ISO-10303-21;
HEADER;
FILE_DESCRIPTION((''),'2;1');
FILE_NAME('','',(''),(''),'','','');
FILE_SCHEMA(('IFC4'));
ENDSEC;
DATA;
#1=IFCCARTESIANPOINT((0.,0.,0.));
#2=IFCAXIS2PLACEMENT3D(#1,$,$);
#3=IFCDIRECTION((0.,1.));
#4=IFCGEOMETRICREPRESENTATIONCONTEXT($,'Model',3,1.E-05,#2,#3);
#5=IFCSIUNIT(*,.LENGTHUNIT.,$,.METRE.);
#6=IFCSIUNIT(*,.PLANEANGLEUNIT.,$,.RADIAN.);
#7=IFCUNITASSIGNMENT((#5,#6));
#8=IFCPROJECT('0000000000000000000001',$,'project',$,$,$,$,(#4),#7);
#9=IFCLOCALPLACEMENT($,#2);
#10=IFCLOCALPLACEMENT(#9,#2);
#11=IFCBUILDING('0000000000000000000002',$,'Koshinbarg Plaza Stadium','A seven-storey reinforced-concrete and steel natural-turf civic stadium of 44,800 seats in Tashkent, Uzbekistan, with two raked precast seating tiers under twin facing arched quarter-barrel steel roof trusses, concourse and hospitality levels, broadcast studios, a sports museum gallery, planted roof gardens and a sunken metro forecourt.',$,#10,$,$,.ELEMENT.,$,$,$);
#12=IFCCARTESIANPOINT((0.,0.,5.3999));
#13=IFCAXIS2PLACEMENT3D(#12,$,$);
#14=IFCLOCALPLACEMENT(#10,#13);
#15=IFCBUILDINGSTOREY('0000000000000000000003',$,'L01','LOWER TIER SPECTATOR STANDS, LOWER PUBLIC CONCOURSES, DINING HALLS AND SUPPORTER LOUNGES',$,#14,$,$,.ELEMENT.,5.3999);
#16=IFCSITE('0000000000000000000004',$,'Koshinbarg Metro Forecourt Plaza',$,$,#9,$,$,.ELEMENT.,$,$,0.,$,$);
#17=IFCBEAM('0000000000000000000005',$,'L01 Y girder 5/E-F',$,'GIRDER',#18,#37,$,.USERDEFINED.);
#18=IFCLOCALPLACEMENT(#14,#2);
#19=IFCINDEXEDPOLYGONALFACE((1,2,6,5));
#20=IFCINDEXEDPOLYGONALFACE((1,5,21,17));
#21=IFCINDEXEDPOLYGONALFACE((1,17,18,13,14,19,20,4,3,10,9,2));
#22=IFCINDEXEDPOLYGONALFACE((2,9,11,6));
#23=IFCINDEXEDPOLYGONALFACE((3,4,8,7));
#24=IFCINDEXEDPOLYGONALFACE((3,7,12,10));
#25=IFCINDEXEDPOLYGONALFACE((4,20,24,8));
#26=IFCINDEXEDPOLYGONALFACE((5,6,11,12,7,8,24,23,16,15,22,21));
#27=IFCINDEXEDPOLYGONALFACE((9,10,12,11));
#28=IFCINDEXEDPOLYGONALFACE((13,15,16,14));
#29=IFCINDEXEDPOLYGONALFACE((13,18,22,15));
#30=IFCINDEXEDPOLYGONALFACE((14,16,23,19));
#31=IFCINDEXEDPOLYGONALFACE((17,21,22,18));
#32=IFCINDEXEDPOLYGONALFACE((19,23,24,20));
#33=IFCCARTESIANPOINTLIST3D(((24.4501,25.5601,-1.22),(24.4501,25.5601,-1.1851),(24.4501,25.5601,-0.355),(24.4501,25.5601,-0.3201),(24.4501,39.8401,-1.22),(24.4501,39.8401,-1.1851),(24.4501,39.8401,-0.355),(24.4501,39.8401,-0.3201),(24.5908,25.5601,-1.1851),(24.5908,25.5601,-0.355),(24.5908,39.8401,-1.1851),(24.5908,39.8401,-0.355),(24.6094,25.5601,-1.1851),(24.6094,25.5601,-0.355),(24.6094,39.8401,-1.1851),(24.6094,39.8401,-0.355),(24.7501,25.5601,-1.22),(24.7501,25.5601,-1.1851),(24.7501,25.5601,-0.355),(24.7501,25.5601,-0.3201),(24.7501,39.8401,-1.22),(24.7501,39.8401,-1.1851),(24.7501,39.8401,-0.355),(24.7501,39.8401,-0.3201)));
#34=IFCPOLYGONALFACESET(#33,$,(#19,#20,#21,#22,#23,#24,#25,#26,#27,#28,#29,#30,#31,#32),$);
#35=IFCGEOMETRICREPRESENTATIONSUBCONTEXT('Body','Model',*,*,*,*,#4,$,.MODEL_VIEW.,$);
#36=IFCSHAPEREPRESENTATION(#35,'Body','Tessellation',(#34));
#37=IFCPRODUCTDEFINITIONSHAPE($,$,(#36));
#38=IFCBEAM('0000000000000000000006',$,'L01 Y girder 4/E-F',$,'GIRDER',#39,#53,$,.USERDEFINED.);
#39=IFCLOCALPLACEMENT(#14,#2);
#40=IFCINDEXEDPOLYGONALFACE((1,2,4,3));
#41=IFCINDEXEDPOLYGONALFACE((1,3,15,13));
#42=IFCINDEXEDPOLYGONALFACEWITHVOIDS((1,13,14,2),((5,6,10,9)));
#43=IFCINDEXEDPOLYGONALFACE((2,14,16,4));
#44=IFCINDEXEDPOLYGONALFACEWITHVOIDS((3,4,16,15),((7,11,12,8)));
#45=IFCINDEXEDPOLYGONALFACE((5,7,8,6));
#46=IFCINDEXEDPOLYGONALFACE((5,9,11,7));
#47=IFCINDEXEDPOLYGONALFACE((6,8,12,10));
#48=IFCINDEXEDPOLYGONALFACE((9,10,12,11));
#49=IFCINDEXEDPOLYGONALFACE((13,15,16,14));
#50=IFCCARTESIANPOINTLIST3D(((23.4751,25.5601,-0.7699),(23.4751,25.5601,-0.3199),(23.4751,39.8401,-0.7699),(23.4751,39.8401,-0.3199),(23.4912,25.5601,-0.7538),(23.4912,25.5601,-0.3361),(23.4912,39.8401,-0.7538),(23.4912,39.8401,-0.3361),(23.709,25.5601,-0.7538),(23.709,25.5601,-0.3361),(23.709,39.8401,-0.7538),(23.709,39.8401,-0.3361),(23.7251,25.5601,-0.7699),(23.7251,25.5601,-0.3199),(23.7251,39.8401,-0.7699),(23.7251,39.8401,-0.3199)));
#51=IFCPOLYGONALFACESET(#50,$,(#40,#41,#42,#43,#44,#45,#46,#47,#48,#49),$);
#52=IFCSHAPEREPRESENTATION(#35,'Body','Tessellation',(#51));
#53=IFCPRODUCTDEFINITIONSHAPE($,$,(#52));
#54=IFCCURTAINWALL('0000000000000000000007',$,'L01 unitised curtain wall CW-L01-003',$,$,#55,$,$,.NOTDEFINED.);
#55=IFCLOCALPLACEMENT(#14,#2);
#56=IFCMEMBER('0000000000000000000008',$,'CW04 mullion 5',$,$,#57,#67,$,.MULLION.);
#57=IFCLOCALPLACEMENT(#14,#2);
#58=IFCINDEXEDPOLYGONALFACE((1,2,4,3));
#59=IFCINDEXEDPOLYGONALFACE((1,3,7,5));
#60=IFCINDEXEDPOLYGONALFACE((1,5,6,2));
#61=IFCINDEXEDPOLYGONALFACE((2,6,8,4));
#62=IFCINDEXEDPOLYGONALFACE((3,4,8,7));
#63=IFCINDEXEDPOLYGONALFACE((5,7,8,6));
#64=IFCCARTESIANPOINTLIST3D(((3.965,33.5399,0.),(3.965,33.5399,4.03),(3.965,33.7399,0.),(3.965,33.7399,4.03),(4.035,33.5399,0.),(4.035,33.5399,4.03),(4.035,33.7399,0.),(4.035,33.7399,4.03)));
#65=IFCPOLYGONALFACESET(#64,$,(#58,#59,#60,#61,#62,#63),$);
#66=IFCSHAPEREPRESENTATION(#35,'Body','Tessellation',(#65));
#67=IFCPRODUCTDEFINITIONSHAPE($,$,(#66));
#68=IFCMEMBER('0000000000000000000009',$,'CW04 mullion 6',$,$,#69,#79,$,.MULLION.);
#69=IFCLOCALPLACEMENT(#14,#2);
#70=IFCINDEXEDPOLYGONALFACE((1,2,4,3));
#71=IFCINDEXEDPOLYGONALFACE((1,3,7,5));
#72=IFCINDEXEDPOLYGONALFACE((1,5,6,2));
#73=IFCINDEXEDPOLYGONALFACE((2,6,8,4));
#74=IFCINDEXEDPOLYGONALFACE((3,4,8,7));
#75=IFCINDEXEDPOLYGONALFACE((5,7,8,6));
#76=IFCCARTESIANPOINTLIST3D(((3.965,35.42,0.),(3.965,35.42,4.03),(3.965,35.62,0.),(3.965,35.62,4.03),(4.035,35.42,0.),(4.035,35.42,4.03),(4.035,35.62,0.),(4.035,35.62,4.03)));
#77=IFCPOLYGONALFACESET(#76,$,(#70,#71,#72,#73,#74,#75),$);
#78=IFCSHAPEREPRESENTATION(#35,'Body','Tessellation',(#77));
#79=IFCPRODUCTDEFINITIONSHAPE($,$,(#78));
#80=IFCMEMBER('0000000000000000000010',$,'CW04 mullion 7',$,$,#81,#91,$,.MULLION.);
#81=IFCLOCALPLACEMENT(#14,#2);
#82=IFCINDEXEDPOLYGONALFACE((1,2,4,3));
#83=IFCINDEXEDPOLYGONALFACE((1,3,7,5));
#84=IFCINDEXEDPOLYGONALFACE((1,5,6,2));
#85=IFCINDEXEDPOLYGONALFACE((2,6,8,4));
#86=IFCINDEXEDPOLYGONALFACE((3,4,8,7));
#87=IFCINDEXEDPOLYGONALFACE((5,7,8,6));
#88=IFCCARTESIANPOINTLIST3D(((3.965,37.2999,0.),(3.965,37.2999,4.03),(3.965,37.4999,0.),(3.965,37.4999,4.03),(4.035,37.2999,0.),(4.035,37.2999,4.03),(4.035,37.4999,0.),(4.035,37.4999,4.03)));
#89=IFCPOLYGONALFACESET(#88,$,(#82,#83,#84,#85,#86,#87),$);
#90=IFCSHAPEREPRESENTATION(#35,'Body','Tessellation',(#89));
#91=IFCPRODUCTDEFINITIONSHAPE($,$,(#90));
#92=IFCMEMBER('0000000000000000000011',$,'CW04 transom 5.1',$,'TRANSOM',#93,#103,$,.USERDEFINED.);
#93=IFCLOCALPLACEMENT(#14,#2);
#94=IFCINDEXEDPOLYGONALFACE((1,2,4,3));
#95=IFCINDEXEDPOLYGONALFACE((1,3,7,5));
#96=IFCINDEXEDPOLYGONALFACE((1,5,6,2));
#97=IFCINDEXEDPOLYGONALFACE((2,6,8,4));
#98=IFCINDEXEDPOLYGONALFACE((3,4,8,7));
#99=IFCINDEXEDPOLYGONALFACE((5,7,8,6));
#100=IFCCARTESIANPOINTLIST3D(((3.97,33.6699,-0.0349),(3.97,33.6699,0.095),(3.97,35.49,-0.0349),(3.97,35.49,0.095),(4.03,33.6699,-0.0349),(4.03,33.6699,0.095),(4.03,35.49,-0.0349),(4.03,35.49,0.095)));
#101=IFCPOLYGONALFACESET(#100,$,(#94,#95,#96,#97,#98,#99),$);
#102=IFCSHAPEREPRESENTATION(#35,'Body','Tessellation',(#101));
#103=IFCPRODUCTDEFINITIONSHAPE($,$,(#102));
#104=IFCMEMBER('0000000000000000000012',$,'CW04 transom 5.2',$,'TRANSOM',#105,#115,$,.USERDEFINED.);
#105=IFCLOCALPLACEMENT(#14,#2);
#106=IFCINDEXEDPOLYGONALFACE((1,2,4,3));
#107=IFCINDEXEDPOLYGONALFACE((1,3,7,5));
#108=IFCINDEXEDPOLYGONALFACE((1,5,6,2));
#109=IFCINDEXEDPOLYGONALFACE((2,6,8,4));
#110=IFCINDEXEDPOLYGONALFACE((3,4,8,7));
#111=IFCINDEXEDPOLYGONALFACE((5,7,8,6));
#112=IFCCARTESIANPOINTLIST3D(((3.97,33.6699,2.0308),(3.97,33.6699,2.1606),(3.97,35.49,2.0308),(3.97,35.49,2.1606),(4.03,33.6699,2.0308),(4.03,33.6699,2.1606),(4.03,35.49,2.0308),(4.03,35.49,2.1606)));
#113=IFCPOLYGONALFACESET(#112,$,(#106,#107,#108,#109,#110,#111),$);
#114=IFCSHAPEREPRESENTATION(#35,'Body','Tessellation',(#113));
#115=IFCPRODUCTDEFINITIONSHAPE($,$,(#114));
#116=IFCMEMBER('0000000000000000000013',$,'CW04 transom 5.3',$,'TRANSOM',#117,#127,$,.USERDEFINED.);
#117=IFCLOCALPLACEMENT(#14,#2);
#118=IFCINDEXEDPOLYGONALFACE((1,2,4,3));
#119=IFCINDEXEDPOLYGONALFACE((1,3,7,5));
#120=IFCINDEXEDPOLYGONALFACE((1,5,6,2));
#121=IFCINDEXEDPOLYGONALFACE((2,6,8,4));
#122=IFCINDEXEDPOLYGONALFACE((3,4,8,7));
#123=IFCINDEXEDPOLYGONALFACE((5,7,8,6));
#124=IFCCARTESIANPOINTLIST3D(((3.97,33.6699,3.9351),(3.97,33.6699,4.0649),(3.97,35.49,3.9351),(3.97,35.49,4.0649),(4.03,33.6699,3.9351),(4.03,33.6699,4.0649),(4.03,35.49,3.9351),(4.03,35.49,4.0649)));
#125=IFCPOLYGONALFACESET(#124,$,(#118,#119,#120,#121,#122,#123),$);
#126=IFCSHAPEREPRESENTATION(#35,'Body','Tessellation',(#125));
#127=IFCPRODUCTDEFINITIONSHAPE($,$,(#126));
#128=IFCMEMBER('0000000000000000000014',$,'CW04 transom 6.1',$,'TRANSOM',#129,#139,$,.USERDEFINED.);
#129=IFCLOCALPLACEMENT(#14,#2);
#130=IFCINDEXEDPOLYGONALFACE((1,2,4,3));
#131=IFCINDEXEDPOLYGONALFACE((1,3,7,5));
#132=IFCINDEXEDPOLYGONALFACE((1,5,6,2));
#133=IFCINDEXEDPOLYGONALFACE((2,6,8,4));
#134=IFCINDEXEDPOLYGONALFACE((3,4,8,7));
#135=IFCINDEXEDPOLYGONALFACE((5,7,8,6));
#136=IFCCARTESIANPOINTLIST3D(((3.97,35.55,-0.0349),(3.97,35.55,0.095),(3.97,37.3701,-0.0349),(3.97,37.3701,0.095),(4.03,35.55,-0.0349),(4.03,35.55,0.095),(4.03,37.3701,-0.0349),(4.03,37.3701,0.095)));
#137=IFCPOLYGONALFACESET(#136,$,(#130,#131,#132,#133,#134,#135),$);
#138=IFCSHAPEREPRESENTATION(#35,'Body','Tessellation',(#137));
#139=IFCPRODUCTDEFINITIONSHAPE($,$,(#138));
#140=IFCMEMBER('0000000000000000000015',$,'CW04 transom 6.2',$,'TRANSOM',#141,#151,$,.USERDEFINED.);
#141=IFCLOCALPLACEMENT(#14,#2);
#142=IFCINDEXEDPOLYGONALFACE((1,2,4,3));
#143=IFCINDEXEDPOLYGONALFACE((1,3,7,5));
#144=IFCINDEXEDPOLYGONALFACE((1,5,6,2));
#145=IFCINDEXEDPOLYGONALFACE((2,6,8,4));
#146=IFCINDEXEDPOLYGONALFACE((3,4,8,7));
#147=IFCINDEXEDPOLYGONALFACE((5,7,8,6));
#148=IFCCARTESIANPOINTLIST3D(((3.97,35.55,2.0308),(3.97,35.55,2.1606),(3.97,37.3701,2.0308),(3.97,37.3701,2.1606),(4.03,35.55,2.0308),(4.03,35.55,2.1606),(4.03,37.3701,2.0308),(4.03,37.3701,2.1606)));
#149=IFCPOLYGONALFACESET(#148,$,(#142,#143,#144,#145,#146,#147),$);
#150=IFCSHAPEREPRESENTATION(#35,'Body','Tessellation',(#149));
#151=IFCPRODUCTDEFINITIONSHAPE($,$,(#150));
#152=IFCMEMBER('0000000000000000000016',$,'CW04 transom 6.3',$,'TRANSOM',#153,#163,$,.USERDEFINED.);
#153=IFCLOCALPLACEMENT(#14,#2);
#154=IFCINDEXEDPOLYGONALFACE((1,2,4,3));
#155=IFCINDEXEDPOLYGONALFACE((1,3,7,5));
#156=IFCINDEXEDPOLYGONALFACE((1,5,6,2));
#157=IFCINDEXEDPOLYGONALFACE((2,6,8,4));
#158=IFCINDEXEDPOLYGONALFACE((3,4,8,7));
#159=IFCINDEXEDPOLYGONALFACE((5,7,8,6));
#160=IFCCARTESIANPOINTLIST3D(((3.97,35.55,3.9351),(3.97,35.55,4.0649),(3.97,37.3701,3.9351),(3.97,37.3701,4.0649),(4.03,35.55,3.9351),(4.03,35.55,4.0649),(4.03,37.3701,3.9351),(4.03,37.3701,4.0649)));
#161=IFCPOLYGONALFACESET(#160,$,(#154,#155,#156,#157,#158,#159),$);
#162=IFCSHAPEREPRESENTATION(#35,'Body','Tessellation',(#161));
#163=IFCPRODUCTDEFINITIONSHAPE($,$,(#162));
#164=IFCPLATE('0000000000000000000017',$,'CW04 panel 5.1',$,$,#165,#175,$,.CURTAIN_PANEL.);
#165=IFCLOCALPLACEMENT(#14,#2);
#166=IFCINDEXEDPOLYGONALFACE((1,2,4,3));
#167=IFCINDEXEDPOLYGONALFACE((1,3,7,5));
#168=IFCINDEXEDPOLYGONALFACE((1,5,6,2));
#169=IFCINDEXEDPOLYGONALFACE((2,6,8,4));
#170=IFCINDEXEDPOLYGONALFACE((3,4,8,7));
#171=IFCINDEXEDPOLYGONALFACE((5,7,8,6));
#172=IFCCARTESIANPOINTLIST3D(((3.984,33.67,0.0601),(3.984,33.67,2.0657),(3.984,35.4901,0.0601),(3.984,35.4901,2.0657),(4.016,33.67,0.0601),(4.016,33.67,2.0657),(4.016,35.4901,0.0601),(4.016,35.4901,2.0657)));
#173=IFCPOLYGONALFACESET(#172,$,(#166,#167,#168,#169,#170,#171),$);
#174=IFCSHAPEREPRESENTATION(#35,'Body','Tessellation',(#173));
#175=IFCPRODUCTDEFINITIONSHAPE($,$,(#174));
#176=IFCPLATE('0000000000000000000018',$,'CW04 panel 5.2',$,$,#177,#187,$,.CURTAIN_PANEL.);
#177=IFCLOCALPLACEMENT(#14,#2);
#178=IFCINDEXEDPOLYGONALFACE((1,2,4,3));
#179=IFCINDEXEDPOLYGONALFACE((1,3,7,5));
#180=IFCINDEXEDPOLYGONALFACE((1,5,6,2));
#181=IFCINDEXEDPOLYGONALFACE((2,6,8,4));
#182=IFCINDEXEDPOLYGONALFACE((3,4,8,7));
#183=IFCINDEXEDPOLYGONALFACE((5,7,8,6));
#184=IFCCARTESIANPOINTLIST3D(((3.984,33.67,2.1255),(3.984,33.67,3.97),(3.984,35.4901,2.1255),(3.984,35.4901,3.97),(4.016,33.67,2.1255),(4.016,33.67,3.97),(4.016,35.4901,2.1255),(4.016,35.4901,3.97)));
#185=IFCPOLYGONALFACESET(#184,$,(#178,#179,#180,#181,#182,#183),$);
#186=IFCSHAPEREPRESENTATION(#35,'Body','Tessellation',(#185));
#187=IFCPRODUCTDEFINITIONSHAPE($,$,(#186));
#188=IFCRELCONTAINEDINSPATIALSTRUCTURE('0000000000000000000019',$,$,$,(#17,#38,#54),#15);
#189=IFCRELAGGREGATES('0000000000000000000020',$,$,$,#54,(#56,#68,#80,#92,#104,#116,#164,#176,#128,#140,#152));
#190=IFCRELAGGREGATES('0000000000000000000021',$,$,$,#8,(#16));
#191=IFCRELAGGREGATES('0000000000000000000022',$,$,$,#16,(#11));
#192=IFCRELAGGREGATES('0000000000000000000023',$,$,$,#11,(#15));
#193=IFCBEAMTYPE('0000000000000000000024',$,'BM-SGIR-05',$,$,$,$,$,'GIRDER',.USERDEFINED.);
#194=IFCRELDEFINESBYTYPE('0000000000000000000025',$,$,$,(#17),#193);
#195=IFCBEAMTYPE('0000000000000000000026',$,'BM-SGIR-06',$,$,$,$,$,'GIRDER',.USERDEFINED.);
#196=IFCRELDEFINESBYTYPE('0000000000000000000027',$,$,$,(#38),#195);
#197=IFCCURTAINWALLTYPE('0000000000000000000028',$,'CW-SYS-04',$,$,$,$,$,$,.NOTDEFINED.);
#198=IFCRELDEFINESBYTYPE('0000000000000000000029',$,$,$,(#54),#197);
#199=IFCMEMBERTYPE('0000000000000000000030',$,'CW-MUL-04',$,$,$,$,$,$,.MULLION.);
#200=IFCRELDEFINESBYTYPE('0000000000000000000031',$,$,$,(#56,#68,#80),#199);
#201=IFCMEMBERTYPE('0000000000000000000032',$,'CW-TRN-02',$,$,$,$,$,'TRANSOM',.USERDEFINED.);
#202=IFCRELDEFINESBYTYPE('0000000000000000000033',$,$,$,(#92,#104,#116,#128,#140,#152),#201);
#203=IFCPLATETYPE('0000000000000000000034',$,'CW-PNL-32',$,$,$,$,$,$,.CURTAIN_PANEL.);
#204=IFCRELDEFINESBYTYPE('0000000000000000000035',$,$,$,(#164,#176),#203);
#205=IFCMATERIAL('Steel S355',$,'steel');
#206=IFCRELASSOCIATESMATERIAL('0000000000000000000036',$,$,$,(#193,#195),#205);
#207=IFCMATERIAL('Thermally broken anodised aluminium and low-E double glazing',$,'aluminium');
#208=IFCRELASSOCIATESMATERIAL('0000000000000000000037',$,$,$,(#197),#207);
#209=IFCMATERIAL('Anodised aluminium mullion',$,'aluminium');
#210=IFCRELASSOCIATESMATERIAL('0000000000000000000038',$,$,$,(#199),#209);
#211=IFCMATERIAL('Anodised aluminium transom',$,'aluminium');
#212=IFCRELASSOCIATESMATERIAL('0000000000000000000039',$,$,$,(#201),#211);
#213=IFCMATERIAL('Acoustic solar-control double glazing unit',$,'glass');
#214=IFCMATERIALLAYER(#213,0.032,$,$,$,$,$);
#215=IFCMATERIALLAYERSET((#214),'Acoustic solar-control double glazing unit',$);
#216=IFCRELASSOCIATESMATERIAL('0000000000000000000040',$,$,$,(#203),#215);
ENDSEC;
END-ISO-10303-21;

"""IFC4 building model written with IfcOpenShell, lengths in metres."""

from ifc_helpers import new_model, si_unit, direction, frame, origin, origin_2d, place, context, subcontext, project, spatial, rectangle, hollow_rectangle, i_section, extrude, material, layer, layer_set, material_profile, profile_set, type_object, element, aggregate, save


model = new_model("IFC4")

# Units and contexts
model_context = context("Model", 3, precision=1e-05, world=origin(), true_north=direction((0.0, 1.0)))
body_context = subcontext(model_context, "Body", "Model", "MODEL_VIEW")
ifc_project = project(units=[si_unit("LENGTHUNIT", "METRE"), si_unit("PLANEANGLEUNIT", "RADIAN")], contexts=[model_context])

# Site, building, storey
site_placement = place(None, origin())
site = spatial("IfcSite", under=ifc_project, at=site_placement, Name="Koshinbarg Metro Forecourt Plaza", CompositionType="ELEMENT", RefElevation=0.0)
building_placement = place(site_placement, origin())
building = spatial("IfcBuilding", under=site, at=building_placement, Name="Koshinbarg Plaza Stadium", Description="A seven-storey reinforced-concrete and steel natural-turf civic stadium of 44,800 seats in Tashkent, Uzbekistan, with two raked precast seating tiers under twin facing arched quarter-barrel steel roof trusses, concourse and hospitality levels, broadcast studios, a sports museum gallery, planted roof gardens and a sunken metro forecourt.", CompositionType="ELEMENT")
storey_placement = place(building_placement, frame((0.0, 0.0, 5.3999)))
storey = spatial("IfcBuildingStorey", under=building, at=storey_placement, Name="L01", Description="LOWER TIER SPECTATOR STANDS, LOWER PUBLIC CONCOURSES, DINING HALLS AND SUPPORTER LOUNGES", CompositionType="ELEMENT", Elevation=5.3999)

# Shared definitions
ifc_material_1 = material(Name="Steel S355", Category="steel")

# Beams
ifc_material_profile_1 = material_profile(ifc_material_1, i_section(OverallWidth=0.3, OverallDepth=0.8999, WebThickness=0.0186, FlangeThickness=0.0349, at=origin_2d()), Name="HEB 900")
ifc_profile_set_1 = profile_set([ifc_material_profile_1], Name="Steel S355")
beam_type_1 = type_object("IfcBeamType", Name="BM-SGIR-05", ElementType="GIRDER", PredefinedType="USERDEFINED", material=ifc_profile_set_1)
for number, where, z_axis, x_axis, name in (
    (1, (24.6001, 25.5601, -0.77), (0.0, 1.0, 0.0), (-1.0, 0.0, 0.0), "L01 Y girder 5/E-F"),
):
    element("IfcBeam", number, at=place(storey_placement, frame(where, z_axis=z_axis, x_axis=x_axis)), inside=storey, type_object=beam_type_1, Name=name, ObjectType="GIRDER", PredefinedType="USERDEFINED", context=body_context, shape_type="SweptSolid", body=[
        extrude(i_section(OverallWidth=0.3, OverallDepth=0.8999, WebThickness=0.0186, FlangeThickness=0.0349, at=origin_2d()), origin(), (0.0, 0.0, 1.0), 14.28),
    ])
ifc_material_profile_2 = material_profile(ifc_material_1, hollow_rectangle(XDim=0.25, YDim=0.45, WallThickness=0.0161, at=origin_2d()), Name="RHS 450x250x16")
ifc_profile_set_2 = profile_set([ifc_material_profile_2], Name="Steel S355")
beam_type_2 = type_object("IfcBeamType", Name="BM-SGIR-06", ElementType="GIRDER", PredefinedType="USERDEFINED", material=ifc_profile_set_2)
beam_1_placement = place(storey_placement, frame((23.6001, 25.5601, -0.5449), z_axis=(0.0, 1.0, 0.0), x_axis=(-1.0, 0.0, 0.0)))
element("IfcBeam", 2, at=beam_1_placement, inside=storey, type_object=beam_type_2, Name="L01 Y girder 4/E-F", ObjectType="GIRDER", PredefinedType="USERDEFINED", context=body_context, shape_type="SweptSolid", body=[
    extrude(hollow_rectangle(XDim=0.25, YDim=0.45, WallThickness=0.0161, at=origin_2d()), origin(), (0.0, 0.0, 1.0), 14.28),
])

# Curtain wall, members, plates
ifc_material_2 = material(Name="Thermally broken anodised aluminium and low-E double glazing", Category="aluminium")
curtain_wall_type = type_object("IfcCurtainWallType", Name="CW-SYS-04", PredefinedType="NOTDEFINED", material=ifc_material_2)
curtain_wall_placement = place(storey_placement, origin())
curtain_wall = element("IfcCurtainWall", 3, at=curtain_wall_placement, inside=storey, type_object=curtain_wall_type, Name="L01 unitised curtain wall CW-L01-003", PredefinedType="NOTDEFINED")
ifc_material_3 = material(Name="Anodised aluminium mullion", Category="aluminium")
ifc_material_profile_3 = material_profile(ifc_material_3, rectangle(XDim=0.0701, YDim=0.2, at=origin_2d()), Name="ALU 70x200")
ifc_profile_set_3 = profile_set([ifc_material_profile_3], Name="Anodised aluminium mullion")
member_type_1 = type_object("IfcMemberType", Name="CW-MUL-04", PredefinedType="MULLION", material=ifc_profile_set_3)
member_1_placement = place(storey_placement, frame((4.0, 33.6399, 0.0), z_axis=(0.0, 0.0, 1.0), x_axis=(-1.0, 0.0, 0.0)))
member_1 = element("IfcMember", 4, at=member_1_placement, type_object=member_type_1, Name="CW04 mullion 5", PredefinedType="MULLION", context=body_context, shape_type="SweptSolid", body=[
    extrude(rectangle(XDim=0.0701, YDim=0.2, at=origin_2d()), origin(), (0.0, 0.0, 1.0), 4.03),
])
member_2_placement = place(storey_placement, frame((4.0, 35.52, 0.0), z_axis=(0.0, 0.0, 1.0), x_axis=(-1.0, 0.0, 0.0)))
member_2 = element("IfcMember", 5, at=member_2_placement, type_object=member_type_1, Name="CW04 mullion 6", PredefinedType="MULLION", context=body_context, shape_type="SweptSolid", body=[
    extrude(rectangle(XDim=0.0701, YDim=0.2, at=origin_2d()), origin(), (0.0, 0.0, 1.0), 4.03),
])
member_3_placement = place(storey_placement, frame((4.0, 37.3999, 0.0), z_axis=(0.0, 0.0, 1.0), x_axis=(-1.0, 0.0, 0.0)))
member_3 = element("IfcMember", 6, at=member_3_placement, type_object=member_type_1, Name="CW04 mullion 7", PredefinedType="MULLION", context=body_context, shape_type="SweptSolid", body=[
    extrude(rectangle(XDim=0.0701, YDim=0.2, at=origin_2d()), origin(), (0.0, 0.0, 1.0), 4.03),
])
ifc_material_4 = material(Name="Anodised aluminium transom", Category="aluminium")
ifc_material_profile_4 = material_profile(ifc_material_4, rectangle(XDim=0.0601, YDim=0.1299, at=origin_2d()), Name="ALU 60x130")
ifc_profile_set_4 = profile_set([ifc_material_profile_4], Name="Anodised aluminium transom")
member_type_2 = type_object("IfcMemberType", Name="CW-TRN-02", ElementType="TRANSOM", PredefinedType="USERDEFINED", material=ifc_profile_set_4)
member_4_placement = place(storey_placement, frame((4.0, 33.6699, 0.03), z_axis=(0.0, 1.0, 0.0), x_axis=(-1.0, 0.0, 0.0)))
member_4 = element("IfcMember", 7, at=member_4_placement, type_object=member_type_2, Name="CW04 transom 5.1", ObjectType="TRANSOM", PredefinedType="USERDEFINED", context=body_context, shape_type="SweptSolid", body=[
    extrude(rectangle(XDim=0.0601, YDim=0.1299, at=origin_2d()), origin(), (0.0, 0.0, 1.0), 1.8201),
])
member_5_placement = place(storey_placement, frame((4.0, 33.6699, 2.0957), z_axis=(0.0, 1.0, 0.0), x_axis=(-1.0, 0.0, 0.0)))
member_5 = element("IfcMember", 8, at=member_5_placement, type_object=member_type_2, Name="CW04 transom 5.2", ObjectType="TRANSOM", PredefinedType="USERDEFINED", context=body_context, shape_type="SweptSolid", body=[
    extrude(rectangle(XDim=0.0601, YDim=0.1299, at=origin_2d()), origin(), (0.0, 0.0, 1.0), 1.8201),
])
member_6_placement = place(storey_placement, frame((4.0, 33.6699, 4.0), z_axis=(0.0, 1.0, 0.0), x_axis=(-1.0, 0.0, 0.0)))
member_6 = element("IfcMember", 9, at=member_6_placement, type_object=member_type_2, Name="CW04 transom 5.3", ObjectType="TRANSOM", PredefinedType="USERDEFINED", context=body_context, shape_type="SweptSolid", body=[
    extrude(rectangle(XDim=0.0601, YDim=0.1299, at=origin_2d()), origin(), (0.0, 0.0, 1.0), 1.8201),
])
member_7_placement = place(storey_placement, frame((4.0, 35.55, 0.03), z_axis=(0.0, 1.0, 0.0), x_axis=(-1.0, 0.0, 0.0)))
member_7 = element("IfcMember", 10, at=member_7_placement, type_object=member_type_2, Name="CW04 transom 6.1", ObjectType="TRANSOM", PredefinedType="USERDEFINED", context=body_context, shape_type="SweptSolid", body=[
    extrude(rectangle(XDim=0.0601, YDim=0.1299, at=origin_2d()), origin(), (0.0, 0.0, 1.0), 1.8201),
])
member_8_placement = place(storey_placement, frame((4.0, 35.55, 2.0957), z_axis=(0.0, 1.0, 0.0), x_axis=(-1.0, 0.0, 0.0)))
member_8 = element("IfcMember", 11, at=member_8_placement, type_object=member_type_2, Name="CW04 transom 6.2", ObjectType="TRANSOM", PredefinedType="USERDEFINED", context=body_context, shape_type="SweptSolid", body=[
    extrude(rectangle(XDim=0.0601, YDim=0.1299, at=origin_2d()), origin(), (0.0, 0.0, 1.0), 1.8201),
])
member_9_placement = place(storey_placement, frame((4.0, 35.55, 4.0), z_axis=(0.0, 1.0, 0.0), x_axis=(-1.0, 0.0, 0.0)))
member_9 = element("IfcMember", 12, at=member_9_placement, type_object=member_type_2, Name="CW04 transom 6.3", ObjectType="TRANSOM", PredefinedType="USERDEFINED", context=body_context, shape_type="SweptSolid", body=[
    extrude(rectangle(XDim=0.0601, YDim=0.1299, at=origin_2d()), origin(), (0.0, 0.0, 1.0), 1.8201),
])
ifc_material_5 = material(Name="Acoustic solar-control double glazing unit", Category="glass")
ifc_layer_1 = layer(ifc_material_5, 0.032)
ifc_layer_set_1 = layer_set([ifc_layer_1], Name="Acoustic solar-control double glazing unit")
plate_type = type_object("IfcPlateType", Name="CW-PNL-32", PredefinedType="CURTAIN_PANEL", material=ifc_layer_set_1)
plate_1_placement = place(storey_placement, frame((4.0, 34.5801, 0.0601), z_axis=(0.0, 0.0, 1.0), x_axis=(0.0, 1.0, 0.0)))
plate_1 = element("IfcPlate", 13, at=plate_1_placement, type_object=plate_type, Name="CW04 panel 5.1", PredefinedType="CURTAIN_PANEL", context=body_context, shape_type="SweptSolid", body=[
    extrude(rectangle(XDim=1.8201, YDim=0.032, at=origin_2d()), origin(), (0.0, 0.0, 1.0), 2.0056),
])
plate_2_placement = place(storey_placement, frame((4.0, 34.5801, 2.1255), z_axis=(0.0, 0.0, 1.0), x_axis=(0.0, 1.0, 0.0)))
plate_2 = element("IfcPlate", 14, at=plate_2_placement, type_object=plate_type, Name="CW04 panel 5.2", PredefinedType="CURTAIN_PANEL", context=body_context, shape_type="SweptSolid", body=[
    extrude(rectangle(XDim=1.8201, YDim=0.032, at=origin_2d()), origin(), (0.0, 0.0, 1.0), 1.8445),
])
aggregate(curtain_wall, [member_1, member_2, member_3, member_4, member_5, member_6, plate_1, plate_2, member_7, member_8, member_9])

save(model, "model.ifc")
